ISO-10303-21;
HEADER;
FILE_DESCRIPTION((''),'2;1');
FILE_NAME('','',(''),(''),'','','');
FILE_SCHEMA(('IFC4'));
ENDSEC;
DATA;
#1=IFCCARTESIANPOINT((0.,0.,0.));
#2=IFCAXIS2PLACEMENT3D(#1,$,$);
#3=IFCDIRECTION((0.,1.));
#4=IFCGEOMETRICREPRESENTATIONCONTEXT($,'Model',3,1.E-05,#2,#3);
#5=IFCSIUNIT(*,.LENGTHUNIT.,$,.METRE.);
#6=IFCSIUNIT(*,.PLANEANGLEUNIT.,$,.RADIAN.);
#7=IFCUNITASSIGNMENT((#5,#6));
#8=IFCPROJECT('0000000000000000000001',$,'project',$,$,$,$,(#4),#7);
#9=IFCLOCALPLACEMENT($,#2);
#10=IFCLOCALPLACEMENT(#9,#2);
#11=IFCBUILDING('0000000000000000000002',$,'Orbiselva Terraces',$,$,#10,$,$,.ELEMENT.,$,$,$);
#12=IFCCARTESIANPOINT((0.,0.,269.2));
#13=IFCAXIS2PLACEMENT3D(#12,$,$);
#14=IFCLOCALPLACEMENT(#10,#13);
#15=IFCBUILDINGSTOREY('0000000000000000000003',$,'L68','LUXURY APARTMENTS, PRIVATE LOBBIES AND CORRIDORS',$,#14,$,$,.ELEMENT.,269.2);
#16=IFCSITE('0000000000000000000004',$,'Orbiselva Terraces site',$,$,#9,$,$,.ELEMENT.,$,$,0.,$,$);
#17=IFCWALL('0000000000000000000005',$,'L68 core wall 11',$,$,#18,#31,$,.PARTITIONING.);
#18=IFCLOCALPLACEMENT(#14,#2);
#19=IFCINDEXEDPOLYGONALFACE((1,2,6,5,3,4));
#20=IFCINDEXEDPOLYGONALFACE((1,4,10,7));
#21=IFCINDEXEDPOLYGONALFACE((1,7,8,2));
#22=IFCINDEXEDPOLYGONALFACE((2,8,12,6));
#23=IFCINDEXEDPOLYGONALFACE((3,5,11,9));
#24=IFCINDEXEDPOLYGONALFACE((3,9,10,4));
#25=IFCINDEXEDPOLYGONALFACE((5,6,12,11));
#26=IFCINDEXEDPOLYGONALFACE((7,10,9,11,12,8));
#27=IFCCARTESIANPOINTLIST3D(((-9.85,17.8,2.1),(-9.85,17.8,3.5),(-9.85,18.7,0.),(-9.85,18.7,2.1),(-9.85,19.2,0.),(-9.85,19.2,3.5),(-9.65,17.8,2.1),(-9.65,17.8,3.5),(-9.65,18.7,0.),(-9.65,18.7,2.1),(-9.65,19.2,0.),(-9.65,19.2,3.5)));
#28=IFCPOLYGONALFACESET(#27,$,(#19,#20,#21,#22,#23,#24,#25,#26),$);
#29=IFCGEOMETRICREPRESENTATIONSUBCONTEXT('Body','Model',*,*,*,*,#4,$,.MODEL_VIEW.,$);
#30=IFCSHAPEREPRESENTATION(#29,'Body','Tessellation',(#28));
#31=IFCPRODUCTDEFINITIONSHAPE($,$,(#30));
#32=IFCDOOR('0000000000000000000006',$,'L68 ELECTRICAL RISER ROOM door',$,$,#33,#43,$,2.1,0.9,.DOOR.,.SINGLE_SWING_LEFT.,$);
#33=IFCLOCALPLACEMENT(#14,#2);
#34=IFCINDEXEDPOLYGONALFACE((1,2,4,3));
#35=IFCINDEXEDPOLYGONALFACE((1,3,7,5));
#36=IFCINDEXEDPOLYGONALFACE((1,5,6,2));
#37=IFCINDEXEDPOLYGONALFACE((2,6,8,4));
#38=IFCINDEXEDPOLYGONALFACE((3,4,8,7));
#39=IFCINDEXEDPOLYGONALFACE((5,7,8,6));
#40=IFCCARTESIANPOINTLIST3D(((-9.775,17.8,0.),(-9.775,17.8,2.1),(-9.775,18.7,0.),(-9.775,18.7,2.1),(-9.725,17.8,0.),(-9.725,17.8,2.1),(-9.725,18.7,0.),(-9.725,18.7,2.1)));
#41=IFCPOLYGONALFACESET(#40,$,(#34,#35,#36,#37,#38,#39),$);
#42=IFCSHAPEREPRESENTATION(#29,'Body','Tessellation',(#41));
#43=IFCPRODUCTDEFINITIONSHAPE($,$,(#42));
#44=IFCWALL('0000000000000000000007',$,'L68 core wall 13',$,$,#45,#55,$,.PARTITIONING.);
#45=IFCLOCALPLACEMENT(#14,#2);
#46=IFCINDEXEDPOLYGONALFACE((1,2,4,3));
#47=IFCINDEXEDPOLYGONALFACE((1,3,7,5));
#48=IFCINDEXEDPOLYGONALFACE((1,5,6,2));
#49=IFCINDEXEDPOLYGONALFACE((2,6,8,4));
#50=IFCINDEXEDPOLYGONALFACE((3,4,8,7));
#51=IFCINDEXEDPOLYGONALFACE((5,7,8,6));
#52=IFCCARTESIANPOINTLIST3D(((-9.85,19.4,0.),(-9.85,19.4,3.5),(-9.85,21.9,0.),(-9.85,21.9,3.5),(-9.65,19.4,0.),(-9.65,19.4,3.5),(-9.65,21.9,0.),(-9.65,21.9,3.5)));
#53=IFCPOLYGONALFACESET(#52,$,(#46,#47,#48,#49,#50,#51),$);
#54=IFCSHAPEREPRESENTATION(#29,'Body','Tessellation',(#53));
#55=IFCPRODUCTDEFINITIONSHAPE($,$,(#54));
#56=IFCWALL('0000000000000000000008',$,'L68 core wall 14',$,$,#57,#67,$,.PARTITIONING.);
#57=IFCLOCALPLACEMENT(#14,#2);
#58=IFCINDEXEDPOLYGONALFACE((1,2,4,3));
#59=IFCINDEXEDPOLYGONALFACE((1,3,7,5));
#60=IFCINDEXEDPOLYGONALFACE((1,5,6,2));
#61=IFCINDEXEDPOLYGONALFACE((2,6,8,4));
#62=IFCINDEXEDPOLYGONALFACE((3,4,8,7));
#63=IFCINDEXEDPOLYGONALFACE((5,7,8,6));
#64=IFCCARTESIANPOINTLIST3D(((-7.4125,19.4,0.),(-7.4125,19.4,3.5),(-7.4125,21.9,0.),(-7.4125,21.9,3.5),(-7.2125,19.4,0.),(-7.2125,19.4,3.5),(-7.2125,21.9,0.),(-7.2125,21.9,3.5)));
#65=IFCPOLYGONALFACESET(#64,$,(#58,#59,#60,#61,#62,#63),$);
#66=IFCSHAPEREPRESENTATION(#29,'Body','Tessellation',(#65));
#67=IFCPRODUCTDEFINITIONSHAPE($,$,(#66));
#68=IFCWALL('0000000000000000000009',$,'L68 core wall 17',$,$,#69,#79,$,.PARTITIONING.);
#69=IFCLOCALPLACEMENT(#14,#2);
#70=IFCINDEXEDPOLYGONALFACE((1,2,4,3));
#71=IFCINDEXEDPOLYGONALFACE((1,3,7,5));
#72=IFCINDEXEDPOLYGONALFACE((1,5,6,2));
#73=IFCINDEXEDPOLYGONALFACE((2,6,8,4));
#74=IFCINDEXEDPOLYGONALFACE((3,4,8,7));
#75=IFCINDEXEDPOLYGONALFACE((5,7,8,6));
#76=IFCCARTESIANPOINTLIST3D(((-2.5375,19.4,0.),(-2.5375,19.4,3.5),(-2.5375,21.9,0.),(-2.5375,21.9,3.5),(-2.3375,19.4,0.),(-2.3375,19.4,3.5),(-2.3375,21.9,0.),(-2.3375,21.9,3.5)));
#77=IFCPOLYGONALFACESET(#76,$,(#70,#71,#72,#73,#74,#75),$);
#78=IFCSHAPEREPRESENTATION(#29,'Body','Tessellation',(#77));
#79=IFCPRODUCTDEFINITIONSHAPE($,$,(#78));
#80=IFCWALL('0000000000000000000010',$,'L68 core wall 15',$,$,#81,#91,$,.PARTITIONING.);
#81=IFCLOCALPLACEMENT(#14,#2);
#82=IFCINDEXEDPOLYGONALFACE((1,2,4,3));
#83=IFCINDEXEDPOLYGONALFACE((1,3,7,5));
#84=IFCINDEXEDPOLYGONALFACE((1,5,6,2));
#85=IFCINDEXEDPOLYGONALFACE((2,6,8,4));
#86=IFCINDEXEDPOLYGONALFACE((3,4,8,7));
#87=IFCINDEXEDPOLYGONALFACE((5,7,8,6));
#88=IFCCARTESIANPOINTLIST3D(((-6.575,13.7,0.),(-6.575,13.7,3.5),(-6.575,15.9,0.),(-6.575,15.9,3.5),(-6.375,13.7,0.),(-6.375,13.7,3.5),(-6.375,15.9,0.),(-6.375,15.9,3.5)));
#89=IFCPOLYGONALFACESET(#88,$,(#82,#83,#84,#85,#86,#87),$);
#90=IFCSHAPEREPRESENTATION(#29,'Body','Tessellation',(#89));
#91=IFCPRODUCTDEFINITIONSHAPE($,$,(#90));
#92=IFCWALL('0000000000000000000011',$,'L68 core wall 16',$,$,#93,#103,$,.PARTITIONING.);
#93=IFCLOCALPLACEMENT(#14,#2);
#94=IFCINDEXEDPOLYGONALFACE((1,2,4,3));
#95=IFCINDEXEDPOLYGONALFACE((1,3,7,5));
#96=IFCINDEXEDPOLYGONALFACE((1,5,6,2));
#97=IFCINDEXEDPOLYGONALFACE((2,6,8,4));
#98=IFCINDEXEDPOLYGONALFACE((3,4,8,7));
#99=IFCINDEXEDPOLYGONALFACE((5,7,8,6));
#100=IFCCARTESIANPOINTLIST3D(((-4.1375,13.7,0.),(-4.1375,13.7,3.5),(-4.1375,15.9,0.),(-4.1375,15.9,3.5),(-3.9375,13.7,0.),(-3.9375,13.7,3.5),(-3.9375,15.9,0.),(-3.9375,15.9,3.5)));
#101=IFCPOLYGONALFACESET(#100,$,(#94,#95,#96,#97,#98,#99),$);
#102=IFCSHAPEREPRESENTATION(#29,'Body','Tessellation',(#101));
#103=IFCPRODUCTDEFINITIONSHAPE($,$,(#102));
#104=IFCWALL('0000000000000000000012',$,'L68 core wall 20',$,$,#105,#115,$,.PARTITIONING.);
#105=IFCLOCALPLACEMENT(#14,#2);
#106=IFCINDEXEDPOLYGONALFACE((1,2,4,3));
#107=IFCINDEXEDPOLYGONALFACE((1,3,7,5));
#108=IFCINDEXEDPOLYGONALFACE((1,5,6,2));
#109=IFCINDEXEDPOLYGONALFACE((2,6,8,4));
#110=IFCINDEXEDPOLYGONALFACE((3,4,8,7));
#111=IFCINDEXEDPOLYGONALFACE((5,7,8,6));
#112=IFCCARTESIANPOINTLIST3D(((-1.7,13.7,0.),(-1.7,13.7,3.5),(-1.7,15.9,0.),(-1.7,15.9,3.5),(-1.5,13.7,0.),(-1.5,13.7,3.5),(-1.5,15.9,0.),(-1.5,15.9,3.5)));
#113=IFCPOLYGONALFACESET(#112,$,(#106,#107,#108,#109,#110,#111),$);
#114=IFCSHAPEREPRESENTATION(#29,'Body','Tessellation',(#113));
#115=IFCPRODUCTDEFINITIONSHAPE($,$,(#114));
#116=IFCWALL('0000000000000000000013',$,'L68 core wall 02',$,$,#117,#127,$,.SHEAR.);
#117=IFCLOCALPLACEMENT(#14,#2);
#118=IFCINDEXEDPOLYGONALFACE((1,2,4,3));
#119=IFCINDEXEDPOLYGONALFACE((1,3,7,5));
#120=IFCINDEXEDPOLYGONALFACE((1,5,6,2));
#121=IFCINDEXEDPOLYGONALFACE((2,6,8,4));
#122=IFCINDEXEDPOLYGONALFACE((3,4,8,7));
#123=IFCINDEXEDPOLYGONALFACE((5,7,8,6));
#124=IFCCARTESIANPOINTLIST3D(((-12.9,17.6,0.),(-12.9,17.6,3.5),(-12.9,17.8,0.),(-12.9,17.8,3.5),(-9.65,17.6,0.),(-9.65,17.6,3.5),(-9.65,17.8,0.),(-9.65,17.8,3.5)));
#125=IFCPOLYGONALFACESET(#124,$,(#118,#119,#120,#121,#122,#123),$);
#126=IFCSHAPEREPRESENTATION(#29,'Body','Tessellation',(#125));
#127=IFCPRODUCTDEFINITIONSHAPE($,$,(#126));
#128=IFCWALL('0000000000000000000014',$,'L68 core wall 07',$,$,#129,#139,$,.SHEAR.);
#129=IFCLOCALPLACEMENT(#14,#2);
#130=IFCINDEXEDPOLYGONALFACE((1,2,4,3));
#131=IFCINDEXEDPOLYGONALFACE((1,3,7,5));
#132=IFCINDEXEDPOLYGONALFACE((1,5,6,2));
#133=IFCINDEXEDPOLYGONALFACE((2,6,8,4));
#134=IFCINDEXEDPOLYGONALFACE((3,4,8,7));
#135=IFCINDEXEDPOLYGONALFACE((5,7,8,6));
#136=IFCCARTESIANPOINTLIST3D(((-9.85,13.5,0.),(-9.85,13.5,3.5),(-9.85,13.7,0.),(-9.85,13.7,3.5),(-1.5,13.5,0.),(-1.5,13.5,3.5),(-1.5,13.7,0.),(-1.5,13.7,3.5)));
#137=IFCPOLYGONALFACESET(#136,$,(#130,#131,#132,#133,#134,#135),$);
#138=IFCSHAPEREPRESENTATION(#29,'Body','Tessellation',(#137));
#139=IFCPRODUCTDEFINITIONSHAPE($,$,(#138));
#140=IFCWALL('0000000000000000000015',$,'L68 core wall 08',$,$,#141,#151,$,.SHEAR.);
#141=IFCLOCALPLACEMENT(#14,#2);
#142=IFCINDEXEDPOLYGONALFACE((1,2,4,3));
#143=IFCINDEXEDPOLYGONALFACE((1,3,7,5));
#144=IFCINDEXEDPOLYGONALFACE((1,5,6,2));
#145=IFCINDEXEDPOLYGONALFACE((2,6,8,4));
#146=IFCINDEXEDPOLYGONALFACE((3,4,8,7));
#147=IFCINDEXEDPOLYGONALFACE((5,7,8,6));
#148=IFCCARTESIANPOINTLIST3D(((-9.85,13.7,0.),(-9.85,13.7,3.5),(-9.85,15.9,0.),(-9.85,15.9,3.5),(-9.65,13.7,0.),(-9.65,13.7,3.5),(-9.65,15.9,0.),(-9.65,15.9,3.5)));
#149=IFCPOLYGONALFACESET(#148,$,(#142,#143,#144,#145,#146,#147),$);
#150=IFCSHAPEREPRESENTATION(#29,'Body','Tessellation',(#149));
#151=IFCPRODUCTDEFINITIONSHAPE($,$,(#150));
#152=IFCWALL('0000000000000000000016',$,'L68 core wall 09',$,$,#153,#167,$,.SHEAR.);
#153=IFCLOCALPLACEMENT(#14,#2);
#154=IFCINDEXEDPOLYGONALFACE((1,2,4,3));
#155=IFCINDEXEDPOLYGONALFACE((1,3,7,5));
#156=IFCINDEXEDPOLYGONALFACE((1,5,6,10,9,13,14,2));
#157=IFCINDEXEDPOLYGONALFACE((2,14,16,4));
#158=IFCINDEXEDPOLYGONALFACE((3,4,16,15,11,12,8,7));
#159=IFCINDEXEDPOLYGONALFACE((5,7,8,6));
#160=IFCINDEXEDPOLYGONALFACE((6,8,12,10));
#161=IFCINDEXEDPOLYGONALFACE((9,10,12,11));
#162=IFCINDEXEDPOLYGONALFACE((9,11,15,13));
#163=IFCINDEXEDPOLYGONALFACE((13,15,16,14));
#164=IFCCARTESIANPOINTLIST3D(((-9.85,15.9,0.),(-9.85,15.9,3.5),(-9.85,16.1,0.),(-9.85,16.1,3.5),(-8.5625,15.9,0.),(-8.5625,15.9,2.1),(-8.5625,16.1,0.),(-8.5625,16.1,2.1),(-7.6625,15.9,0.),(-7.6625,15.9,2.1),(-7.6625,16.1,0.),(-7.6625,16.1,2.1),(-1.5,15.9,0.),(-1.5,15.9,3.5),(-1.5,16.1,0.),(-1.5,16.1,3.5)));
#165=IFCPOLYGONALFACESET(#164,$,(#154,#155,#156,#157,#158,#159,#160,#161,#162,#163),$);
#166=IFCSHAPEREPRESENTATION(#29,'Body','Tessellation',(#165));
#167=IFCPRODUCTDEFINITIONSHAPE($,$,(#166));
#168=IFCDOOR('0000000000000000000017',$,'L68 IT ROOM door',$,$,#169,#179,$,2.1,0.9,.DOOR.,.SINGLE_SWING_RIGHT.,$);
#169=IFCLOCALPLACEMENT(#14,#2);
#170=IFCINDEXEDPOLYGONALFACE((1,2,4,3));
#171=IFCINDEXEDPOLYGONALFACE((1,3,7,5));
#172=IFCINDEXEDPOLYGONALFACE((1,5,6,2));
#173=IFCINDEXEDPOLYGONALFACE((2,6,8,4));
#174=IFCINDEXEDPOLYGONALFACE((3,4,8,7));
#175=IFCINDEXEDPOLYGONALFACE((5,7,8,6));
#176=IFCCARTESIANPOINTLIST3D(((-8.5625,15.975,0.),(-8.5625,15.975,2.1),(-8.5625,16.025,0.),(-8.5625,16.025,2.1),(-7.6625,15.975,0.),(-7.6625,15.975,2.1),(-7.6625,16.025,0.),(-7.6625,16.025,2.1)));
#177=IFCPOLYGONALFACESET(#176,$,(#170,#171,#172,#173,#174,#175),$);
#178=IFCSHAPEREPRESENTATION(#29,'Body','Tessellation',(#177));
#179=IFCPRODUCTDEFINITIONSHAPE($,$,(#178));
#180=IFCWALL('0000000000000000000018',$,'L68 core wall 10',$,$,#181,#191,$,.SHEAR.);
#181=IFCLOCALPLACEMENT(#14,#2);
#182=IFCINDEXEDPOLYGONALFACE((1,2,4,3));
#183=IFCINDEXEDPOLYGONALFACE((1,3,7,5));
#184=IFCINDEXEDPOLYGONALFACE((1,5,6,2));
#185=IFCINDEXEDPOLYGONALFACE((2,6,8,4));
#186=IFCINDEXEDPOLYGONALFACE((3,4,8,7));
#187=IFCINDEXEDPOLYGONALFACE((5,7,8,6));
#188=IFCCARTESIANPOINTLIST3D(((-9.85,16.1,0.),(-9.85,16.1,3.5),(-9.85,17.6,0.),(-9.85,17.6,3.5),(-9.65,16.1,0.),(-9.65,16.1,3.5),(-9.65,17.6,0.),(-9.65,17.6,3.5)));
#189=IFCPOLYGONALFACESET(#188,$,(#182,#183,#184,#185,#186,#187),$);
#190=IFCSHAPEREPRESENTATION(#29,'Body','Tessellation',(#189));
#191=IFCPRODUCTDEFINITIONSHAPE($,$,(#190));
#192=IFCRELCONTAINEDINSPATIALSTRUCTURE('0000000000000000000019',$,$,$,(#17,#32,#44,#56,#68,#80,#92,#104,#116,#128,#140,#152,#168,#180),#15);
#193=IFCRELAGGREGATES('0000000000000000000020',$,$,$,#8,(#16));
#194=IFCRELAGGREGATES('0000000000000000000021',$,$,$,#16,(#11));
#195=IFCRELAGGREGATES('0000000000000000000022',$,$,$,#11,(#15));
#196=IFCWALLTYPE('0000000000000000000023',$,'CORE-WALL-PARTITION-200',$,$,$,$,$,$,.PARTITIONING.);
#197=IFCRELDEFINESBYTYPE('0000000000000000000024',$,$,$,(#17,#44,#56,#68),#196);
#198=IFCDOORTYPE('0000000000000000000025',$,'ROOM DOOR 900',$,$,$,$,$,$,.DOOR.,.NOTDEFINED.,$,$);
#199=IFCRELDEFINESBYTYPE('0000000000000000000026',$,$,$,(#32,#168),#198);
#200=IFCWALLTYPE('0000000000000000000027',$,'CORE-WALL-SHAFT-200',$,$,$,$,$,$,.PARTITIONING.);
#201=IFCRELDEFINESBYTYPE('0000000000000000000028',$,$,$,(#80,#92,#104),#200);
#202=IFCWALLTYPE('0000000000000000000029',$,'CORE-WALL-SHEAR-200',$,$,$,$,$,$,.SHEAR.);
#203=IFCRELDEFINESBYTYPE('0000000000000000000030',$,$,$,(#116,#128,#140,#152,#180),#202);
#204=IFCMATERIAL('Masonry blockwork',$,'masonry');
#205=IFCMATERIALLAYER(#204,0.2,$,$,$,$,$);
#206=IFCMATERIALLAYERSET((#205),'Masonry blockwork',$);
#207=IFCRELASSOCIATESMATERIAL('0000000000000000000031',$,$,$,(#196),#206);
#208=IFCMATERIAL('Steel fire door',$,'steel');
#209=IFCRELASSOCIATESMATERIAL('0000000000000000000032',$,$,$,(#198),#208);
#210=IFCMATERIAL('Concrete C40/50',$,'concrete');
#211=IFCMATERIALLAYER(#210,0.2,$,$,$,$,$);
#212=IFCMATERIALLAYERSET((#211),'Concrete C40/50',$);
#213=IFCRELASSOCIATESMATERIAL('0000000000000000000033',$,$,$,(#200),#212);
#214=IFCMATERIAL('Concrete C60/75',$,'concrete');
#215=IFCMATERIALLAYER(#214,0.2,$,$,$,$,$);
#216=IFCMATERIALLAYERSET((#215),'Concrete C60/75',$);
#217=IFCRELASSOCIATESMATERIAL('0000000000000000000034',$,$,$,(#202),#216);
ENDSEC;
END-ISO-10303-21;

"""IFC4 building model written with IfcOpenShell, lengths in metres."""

from ifc_helpers import new_model, si_unit, direction, frame, frame_2d, origin, place, context, subcontext, project, spatial, rectangle, extrude, material, layer, layer_set, type_object, element, fill, save


model = new_model("IFC4")

# Units and contexts
model_context = context("Model", 3, precision=1e-05, world=origin(), true_north=direction((0.0, 1.0)))
body_context = subcontext(model_context, "Body", "Model", "MODEL_VIEW")
ifc_project = project(units=[si_unit("LENGTHUNIT", "METRE"), si_unit("PLANEANGLEUNIT", "RADIAN")], contexts=[model_context])

# Site, building, storey
site_placement = place(None, origin())
site = spatial("IfcSite", under=ifc_project, at=site_placement, Name="Orbiselva Terraces site", CompositionType="ELEMENT", RefElevation=0.0)
building_placement = place(site_placement, origin())
building = spatial("IfcBuilding", under=site, at=building_placement, Name="Orbiselva Terraces", CompositionType="ELEMENT")
storey_placement = place(building_placement, frame((0.0, 0.0, 269.2)))
storey = spatial("IfcBuildingStorey", under=building, at=storey_placement, Name="L68", Description="LUXURY APARTMENTS, PRIVATE LOBBIES AND CORRIDORS", CompositionType="ELEMENT", Elevation=269.2)

# Wall, opening, door
ifc_material_1 = material(Name="Masonry blockwork", Category="masonry")
ifc_layer_1 = layer(ifc_material_1, 0.2)
ifc_layer_set_1 = layer_set([ifc_layer_1], Name="Masonry blockwork")
wall_type_1 = type_object("IfcWallType", Name="CORE-WALL-PARTITION-200", PredefinedType="PARTITIONING", material=ifc_layer_set_1)
wall_1_placement = place(storey_placement, frame((-9.75, 17.8, 0.0), z_axis=(0.0, 0.0, 1.0), x_axis=(0.0, 1.0, 0.0)))
wall_1 = element("IfcWall", 1, at=wall_1_placement, inside=storey, type_object=wall_type_1, Name="L68 core wall 11", PredefinedType="PARTITIONING", context=body_context, shape_type="SweptSolid", body=[
    extrude(rectangle(XDim=1.4, YDim=0.2, at=frame_2d((0.7, 0.0))), origin(), (0.0, 0.0, 1.0), 3.5),
])
opening_1_placement = place(wall_1_placement, origin())
opening_1 = element("IfcOpeningElement", 2, at=opening_1_placement, cuts=wall_1, PredefinedType="OPENING", context=body_context, shape_type="SweptSolid", body=[
    extrude(rectangle(XDim=0.9, YDim=2.1, at=frame_2d((0.45, 1.05))), frame((0.0, 0.11, 0.0), z_axis=(0.0, -1.0, 0.0), x_axis=(1.0, 0.0, 0.0)), (0.0, 0.0, 1.0), 0.22),
])
ifc_material_2 = material(Name="Steel fire door", Category="steel")
door_type_1 = type_object("IfcDoorType", Name="ROOM DOOR 900", OperationType="NOTDEFINED", PredefinedType="DOOR", material=ifc_material_2)
door_1_placement = place(opening_1_placement, origin())
door_1 = element("IfcDoor", 3, at=door_1_placement, inside=storey, type_object=door_type_1, Name="L68 ELECTRICAL RISER ROOM door", OperationType="SINGLE_SWING_LEFT", OverallHeight=2.1, OverallWidth=0.9, PredefinedType="DOOR", context=body_context, shape_type="SweptSolid", body=[
    extrude(rectangle(XDim=0.9, YDim=2.1, at=frame_2d((0.45, 1.05))), frame((0.0, 0.025, 0.0), z_axis=(0.0, -1.0, 0.0), x_axis=(1.0, 0.0, 0.0)), (0.0, 0.0, 1.0), 0.05),
])
fill(opening_1, door_1)

# Walls
for number, where, z_axis, x_axis, name in (
    (4, (-9.75, 19.4, 0.0), (0.0, 0.0, 1.0), (0.0, 1.0, 0.0), "L68 core wall 13"),
    (5, (-7.3125, 19.4, 0.0), (0.0, 0.0, 1.0), (0.0, 1.0, 0.0), "L68 core wall 14"),
    (6, (-2.4375, 19.4, 0.0), (0.0, 0.0, 1.0), (0.0, 1.0, 0.0), "L68 core wall 17"),
):
    element("IfcWall", number, at=place(storey_placement, frame(where, z_axis=z_axis, x_axis=x_axis)), inside=storey, type_object=wall_type_1, Name=name, PredefinedType="PARTITIONING", context=body_context, shape_type="SweptSolid", body=[
        extrude(rectangle(XDim=2.5, YDim=0.2, at=frame_2d((1.25, 0.0))), origin(), (0.0, 0.0, 1.0), 3.5),
    ])
ifc_material_3 = material(Name="Concrete C40/50", Category="concrete")
ifc_layer_2 = layer(ifc_material_3, 0.2)
ifc_layer_set_2 = layer_set([ifc_layer_2], Name="Concrete C40/50")
wall_type_2 = type_object("IfcWallType", Name="CORE-WALL-SHAFT-200", PredefinedType="PARTITIONING", material=ifc_layer_set_2)
for number, where, z_axis, x_axis, name in (
    (7, (-6.475, 13.7, 0.0), (0.0, 0.0, 1.0), (0.0, 1.0, 0.0), "L68 core wall 15"),
    (8, (-4.0375, 13.7, 0.0), (0.0, 0.0, 1.0), (0.0, 1.0, 0.0), "L68 core wall 16"),
    (9, (-1.6, 13.7, 0.0), (0.0, 0.0, 1.0), (0.0, 1.0, 0.0), "L68 core wall 20"),
):
    element("IfcWall", number, at=place(storey_placement, frame(where, z_axis=z_axis, x_axis=x_axis)), inside=storey, type_object=wall_type_2, Name=name, PredefinedType="PARTITIONING", context=body_context, shape_type="SweptSolid", body=[
        extrude(rectangle(XDim=2.2, YDim=0.2, at=frame_2d((1.1, 0.0))), origin(), (0.0, 0.0, 1.0), 3.5),
    ])
ifc_material_4 = material(Name="Concrete C60/75", Category="concrete")
ifc_layer_3 = layer(ifc_material_4, 0.2)
ifc_layer_set_3 = layer_set([ifc_layer_3], Name="Concrete C60/75")
wall_type_3 = type_object("IfcWallType", Name="CORE-WALL-SHEAR-200", PredefinedType="SHEAR", material=ifc_layer_set_3)
wall_2_placement = place(storey_placement, frame((-12.9, 17.7, 0.0), z_axis=(0.0, 0.0, 1.0), x_axis=(1.0, 0.0, 0.0)))
element("IfcWall", 10, at=wall_2_placement, inside=storey, type_object=wall_type_3, Name="L68 core wall 02", PredefinedType="SHEAR", context=body_context, shape_type="SweptSolid", body=[
    extrude(rectangle(XDim=3.25, YDim=0.2, at=frame_2d((1.625, 0.0))), origin(), (0.0, 0.0, 1.0), 3.5),
])
wall_3_placement = place(storey_placement, frame((-9.85, 13.6, 0.0), z_axis=(0.0, 0.0, 1.0), x_axis=(1.0, 0.0, 0.0)))
element("IfcWall", 11, at=wall_3_placement, inside=storey, type_object=wall_type_3, Name="L68 core wall 07", PredefinedType="SHEAR", context=body_context, shape_type="SweptSolid", body=[
    extrude(rectangle(XDim=8.35, YDim=0.2, at=frame_2d((4.175, 0.0))), origin(), (0.0, 0.0, 1.0), 3.5),
])
wall_4_placement = place(storey_placement, frame((-9.75, 13.7, 0.0), z_axis=(0.0, 0.0, 1.0), x_axis=(0.0, 1.0, 0.0)))
element("IfcWall", 12, at=wall_4_placement, inside=storey, type_object=wall_type_3, Name="L68 core wall 08", PredefinedType="SHEAR", context=body_context, shape_type="SweptSolid", body=[
    extrude(rectangle(XDim=2.2, YDim=0.2, at=frame_2d((1.1, 0.0))), origin(), (0.0, 0.0, 1.0), 3.5),
])

# Wall, opening, door
wall_5_placement = place(storey_placement, frame((-1.5, 16.0, 0.0), z_axis=(0.0, 0.0, 1.0), x_axis=(-1.0, 0.0, 0.0)))
wall_5 = element("IfcWall", 13, at=wall_5_placement, inside=storey, type_object=wall_type_3, Name="L68 core wall 09", PredefinedType="SHEAR", context=body_context, shape_type="SweptSolid", body=[
    extrude(rectangle(XDim=8.35, YDim=0.2, at=frame_2d((4.175, 0.0))), origin(), (0.0, 0.0, 1.0), 3.5),
])
opening_2_placement = place(wall_5_placement, frame((6.1625, 0.0, 0.0)))
opening_2 = element("IfcOpeningElement", 14, at=opening_2_placement, cuts=wall_5, PredefinedType="OPENING", context=body_context, shape_type="SweptSolid", body=[
    extrude(rectangle(XDim=0.9, YDim=2.1, at=frame_2d((0.45, 1.05))), frame((0.0, 0.11, 0.0), z_axis=(0.0, -1.0, 0.0), x_axis=(1.0, 0.0, 0.0)), (0.0, 0.0, 1.0), 0.22),
])
door_2_placement = place(opening_2_placement, origin())
door_2 = element("IfcDoor", 15, at=door_2_placement, inside=storey, type_object=door_type_1, Name="L68 IT ROOM door", OperationType="SINGLE_SWING_RIGHT", OverallHeight=2.1, OverallWidth=0.9, PredefinedType="DOOR", context=body_context, shape_type="SweptSolid", body=[
    extrude(rectangle(XDim=0.9, YDim=2.1, at=frame_2d((0.45, 1.05))), frame((0.0, 0.025, 0.0), z_axis=(0.0, -1.0, 0.0), x_axis=(1.0, 0.0, 0.0)), (0.0, 0.0, 1.0), 0.05),
])
fill(opening_2, door_2)

# Wall
wall_6_placement = place(storey_placement, frame((-9.75, 16.1, 0.0), z_axis=(0.0, 0.0, 1.0), x_axis=(0.0, 1.0, 0.0)))
element("IfcWall", 16, at=wall_6_placement, inside=storey, type_object=wall_type_3, Name="L68 core wall 10", PredefinedType="SHEAR", context=body_context, shape_type="SweptSolid", body=[
    extrude(rectangle(XDim=1.5, YDim=0.2, at=frame_2d((0.75, 0.0))), origin(), (0.0, 0.0, 1.0), 3.5),
])

save(model, "model.ifc")
